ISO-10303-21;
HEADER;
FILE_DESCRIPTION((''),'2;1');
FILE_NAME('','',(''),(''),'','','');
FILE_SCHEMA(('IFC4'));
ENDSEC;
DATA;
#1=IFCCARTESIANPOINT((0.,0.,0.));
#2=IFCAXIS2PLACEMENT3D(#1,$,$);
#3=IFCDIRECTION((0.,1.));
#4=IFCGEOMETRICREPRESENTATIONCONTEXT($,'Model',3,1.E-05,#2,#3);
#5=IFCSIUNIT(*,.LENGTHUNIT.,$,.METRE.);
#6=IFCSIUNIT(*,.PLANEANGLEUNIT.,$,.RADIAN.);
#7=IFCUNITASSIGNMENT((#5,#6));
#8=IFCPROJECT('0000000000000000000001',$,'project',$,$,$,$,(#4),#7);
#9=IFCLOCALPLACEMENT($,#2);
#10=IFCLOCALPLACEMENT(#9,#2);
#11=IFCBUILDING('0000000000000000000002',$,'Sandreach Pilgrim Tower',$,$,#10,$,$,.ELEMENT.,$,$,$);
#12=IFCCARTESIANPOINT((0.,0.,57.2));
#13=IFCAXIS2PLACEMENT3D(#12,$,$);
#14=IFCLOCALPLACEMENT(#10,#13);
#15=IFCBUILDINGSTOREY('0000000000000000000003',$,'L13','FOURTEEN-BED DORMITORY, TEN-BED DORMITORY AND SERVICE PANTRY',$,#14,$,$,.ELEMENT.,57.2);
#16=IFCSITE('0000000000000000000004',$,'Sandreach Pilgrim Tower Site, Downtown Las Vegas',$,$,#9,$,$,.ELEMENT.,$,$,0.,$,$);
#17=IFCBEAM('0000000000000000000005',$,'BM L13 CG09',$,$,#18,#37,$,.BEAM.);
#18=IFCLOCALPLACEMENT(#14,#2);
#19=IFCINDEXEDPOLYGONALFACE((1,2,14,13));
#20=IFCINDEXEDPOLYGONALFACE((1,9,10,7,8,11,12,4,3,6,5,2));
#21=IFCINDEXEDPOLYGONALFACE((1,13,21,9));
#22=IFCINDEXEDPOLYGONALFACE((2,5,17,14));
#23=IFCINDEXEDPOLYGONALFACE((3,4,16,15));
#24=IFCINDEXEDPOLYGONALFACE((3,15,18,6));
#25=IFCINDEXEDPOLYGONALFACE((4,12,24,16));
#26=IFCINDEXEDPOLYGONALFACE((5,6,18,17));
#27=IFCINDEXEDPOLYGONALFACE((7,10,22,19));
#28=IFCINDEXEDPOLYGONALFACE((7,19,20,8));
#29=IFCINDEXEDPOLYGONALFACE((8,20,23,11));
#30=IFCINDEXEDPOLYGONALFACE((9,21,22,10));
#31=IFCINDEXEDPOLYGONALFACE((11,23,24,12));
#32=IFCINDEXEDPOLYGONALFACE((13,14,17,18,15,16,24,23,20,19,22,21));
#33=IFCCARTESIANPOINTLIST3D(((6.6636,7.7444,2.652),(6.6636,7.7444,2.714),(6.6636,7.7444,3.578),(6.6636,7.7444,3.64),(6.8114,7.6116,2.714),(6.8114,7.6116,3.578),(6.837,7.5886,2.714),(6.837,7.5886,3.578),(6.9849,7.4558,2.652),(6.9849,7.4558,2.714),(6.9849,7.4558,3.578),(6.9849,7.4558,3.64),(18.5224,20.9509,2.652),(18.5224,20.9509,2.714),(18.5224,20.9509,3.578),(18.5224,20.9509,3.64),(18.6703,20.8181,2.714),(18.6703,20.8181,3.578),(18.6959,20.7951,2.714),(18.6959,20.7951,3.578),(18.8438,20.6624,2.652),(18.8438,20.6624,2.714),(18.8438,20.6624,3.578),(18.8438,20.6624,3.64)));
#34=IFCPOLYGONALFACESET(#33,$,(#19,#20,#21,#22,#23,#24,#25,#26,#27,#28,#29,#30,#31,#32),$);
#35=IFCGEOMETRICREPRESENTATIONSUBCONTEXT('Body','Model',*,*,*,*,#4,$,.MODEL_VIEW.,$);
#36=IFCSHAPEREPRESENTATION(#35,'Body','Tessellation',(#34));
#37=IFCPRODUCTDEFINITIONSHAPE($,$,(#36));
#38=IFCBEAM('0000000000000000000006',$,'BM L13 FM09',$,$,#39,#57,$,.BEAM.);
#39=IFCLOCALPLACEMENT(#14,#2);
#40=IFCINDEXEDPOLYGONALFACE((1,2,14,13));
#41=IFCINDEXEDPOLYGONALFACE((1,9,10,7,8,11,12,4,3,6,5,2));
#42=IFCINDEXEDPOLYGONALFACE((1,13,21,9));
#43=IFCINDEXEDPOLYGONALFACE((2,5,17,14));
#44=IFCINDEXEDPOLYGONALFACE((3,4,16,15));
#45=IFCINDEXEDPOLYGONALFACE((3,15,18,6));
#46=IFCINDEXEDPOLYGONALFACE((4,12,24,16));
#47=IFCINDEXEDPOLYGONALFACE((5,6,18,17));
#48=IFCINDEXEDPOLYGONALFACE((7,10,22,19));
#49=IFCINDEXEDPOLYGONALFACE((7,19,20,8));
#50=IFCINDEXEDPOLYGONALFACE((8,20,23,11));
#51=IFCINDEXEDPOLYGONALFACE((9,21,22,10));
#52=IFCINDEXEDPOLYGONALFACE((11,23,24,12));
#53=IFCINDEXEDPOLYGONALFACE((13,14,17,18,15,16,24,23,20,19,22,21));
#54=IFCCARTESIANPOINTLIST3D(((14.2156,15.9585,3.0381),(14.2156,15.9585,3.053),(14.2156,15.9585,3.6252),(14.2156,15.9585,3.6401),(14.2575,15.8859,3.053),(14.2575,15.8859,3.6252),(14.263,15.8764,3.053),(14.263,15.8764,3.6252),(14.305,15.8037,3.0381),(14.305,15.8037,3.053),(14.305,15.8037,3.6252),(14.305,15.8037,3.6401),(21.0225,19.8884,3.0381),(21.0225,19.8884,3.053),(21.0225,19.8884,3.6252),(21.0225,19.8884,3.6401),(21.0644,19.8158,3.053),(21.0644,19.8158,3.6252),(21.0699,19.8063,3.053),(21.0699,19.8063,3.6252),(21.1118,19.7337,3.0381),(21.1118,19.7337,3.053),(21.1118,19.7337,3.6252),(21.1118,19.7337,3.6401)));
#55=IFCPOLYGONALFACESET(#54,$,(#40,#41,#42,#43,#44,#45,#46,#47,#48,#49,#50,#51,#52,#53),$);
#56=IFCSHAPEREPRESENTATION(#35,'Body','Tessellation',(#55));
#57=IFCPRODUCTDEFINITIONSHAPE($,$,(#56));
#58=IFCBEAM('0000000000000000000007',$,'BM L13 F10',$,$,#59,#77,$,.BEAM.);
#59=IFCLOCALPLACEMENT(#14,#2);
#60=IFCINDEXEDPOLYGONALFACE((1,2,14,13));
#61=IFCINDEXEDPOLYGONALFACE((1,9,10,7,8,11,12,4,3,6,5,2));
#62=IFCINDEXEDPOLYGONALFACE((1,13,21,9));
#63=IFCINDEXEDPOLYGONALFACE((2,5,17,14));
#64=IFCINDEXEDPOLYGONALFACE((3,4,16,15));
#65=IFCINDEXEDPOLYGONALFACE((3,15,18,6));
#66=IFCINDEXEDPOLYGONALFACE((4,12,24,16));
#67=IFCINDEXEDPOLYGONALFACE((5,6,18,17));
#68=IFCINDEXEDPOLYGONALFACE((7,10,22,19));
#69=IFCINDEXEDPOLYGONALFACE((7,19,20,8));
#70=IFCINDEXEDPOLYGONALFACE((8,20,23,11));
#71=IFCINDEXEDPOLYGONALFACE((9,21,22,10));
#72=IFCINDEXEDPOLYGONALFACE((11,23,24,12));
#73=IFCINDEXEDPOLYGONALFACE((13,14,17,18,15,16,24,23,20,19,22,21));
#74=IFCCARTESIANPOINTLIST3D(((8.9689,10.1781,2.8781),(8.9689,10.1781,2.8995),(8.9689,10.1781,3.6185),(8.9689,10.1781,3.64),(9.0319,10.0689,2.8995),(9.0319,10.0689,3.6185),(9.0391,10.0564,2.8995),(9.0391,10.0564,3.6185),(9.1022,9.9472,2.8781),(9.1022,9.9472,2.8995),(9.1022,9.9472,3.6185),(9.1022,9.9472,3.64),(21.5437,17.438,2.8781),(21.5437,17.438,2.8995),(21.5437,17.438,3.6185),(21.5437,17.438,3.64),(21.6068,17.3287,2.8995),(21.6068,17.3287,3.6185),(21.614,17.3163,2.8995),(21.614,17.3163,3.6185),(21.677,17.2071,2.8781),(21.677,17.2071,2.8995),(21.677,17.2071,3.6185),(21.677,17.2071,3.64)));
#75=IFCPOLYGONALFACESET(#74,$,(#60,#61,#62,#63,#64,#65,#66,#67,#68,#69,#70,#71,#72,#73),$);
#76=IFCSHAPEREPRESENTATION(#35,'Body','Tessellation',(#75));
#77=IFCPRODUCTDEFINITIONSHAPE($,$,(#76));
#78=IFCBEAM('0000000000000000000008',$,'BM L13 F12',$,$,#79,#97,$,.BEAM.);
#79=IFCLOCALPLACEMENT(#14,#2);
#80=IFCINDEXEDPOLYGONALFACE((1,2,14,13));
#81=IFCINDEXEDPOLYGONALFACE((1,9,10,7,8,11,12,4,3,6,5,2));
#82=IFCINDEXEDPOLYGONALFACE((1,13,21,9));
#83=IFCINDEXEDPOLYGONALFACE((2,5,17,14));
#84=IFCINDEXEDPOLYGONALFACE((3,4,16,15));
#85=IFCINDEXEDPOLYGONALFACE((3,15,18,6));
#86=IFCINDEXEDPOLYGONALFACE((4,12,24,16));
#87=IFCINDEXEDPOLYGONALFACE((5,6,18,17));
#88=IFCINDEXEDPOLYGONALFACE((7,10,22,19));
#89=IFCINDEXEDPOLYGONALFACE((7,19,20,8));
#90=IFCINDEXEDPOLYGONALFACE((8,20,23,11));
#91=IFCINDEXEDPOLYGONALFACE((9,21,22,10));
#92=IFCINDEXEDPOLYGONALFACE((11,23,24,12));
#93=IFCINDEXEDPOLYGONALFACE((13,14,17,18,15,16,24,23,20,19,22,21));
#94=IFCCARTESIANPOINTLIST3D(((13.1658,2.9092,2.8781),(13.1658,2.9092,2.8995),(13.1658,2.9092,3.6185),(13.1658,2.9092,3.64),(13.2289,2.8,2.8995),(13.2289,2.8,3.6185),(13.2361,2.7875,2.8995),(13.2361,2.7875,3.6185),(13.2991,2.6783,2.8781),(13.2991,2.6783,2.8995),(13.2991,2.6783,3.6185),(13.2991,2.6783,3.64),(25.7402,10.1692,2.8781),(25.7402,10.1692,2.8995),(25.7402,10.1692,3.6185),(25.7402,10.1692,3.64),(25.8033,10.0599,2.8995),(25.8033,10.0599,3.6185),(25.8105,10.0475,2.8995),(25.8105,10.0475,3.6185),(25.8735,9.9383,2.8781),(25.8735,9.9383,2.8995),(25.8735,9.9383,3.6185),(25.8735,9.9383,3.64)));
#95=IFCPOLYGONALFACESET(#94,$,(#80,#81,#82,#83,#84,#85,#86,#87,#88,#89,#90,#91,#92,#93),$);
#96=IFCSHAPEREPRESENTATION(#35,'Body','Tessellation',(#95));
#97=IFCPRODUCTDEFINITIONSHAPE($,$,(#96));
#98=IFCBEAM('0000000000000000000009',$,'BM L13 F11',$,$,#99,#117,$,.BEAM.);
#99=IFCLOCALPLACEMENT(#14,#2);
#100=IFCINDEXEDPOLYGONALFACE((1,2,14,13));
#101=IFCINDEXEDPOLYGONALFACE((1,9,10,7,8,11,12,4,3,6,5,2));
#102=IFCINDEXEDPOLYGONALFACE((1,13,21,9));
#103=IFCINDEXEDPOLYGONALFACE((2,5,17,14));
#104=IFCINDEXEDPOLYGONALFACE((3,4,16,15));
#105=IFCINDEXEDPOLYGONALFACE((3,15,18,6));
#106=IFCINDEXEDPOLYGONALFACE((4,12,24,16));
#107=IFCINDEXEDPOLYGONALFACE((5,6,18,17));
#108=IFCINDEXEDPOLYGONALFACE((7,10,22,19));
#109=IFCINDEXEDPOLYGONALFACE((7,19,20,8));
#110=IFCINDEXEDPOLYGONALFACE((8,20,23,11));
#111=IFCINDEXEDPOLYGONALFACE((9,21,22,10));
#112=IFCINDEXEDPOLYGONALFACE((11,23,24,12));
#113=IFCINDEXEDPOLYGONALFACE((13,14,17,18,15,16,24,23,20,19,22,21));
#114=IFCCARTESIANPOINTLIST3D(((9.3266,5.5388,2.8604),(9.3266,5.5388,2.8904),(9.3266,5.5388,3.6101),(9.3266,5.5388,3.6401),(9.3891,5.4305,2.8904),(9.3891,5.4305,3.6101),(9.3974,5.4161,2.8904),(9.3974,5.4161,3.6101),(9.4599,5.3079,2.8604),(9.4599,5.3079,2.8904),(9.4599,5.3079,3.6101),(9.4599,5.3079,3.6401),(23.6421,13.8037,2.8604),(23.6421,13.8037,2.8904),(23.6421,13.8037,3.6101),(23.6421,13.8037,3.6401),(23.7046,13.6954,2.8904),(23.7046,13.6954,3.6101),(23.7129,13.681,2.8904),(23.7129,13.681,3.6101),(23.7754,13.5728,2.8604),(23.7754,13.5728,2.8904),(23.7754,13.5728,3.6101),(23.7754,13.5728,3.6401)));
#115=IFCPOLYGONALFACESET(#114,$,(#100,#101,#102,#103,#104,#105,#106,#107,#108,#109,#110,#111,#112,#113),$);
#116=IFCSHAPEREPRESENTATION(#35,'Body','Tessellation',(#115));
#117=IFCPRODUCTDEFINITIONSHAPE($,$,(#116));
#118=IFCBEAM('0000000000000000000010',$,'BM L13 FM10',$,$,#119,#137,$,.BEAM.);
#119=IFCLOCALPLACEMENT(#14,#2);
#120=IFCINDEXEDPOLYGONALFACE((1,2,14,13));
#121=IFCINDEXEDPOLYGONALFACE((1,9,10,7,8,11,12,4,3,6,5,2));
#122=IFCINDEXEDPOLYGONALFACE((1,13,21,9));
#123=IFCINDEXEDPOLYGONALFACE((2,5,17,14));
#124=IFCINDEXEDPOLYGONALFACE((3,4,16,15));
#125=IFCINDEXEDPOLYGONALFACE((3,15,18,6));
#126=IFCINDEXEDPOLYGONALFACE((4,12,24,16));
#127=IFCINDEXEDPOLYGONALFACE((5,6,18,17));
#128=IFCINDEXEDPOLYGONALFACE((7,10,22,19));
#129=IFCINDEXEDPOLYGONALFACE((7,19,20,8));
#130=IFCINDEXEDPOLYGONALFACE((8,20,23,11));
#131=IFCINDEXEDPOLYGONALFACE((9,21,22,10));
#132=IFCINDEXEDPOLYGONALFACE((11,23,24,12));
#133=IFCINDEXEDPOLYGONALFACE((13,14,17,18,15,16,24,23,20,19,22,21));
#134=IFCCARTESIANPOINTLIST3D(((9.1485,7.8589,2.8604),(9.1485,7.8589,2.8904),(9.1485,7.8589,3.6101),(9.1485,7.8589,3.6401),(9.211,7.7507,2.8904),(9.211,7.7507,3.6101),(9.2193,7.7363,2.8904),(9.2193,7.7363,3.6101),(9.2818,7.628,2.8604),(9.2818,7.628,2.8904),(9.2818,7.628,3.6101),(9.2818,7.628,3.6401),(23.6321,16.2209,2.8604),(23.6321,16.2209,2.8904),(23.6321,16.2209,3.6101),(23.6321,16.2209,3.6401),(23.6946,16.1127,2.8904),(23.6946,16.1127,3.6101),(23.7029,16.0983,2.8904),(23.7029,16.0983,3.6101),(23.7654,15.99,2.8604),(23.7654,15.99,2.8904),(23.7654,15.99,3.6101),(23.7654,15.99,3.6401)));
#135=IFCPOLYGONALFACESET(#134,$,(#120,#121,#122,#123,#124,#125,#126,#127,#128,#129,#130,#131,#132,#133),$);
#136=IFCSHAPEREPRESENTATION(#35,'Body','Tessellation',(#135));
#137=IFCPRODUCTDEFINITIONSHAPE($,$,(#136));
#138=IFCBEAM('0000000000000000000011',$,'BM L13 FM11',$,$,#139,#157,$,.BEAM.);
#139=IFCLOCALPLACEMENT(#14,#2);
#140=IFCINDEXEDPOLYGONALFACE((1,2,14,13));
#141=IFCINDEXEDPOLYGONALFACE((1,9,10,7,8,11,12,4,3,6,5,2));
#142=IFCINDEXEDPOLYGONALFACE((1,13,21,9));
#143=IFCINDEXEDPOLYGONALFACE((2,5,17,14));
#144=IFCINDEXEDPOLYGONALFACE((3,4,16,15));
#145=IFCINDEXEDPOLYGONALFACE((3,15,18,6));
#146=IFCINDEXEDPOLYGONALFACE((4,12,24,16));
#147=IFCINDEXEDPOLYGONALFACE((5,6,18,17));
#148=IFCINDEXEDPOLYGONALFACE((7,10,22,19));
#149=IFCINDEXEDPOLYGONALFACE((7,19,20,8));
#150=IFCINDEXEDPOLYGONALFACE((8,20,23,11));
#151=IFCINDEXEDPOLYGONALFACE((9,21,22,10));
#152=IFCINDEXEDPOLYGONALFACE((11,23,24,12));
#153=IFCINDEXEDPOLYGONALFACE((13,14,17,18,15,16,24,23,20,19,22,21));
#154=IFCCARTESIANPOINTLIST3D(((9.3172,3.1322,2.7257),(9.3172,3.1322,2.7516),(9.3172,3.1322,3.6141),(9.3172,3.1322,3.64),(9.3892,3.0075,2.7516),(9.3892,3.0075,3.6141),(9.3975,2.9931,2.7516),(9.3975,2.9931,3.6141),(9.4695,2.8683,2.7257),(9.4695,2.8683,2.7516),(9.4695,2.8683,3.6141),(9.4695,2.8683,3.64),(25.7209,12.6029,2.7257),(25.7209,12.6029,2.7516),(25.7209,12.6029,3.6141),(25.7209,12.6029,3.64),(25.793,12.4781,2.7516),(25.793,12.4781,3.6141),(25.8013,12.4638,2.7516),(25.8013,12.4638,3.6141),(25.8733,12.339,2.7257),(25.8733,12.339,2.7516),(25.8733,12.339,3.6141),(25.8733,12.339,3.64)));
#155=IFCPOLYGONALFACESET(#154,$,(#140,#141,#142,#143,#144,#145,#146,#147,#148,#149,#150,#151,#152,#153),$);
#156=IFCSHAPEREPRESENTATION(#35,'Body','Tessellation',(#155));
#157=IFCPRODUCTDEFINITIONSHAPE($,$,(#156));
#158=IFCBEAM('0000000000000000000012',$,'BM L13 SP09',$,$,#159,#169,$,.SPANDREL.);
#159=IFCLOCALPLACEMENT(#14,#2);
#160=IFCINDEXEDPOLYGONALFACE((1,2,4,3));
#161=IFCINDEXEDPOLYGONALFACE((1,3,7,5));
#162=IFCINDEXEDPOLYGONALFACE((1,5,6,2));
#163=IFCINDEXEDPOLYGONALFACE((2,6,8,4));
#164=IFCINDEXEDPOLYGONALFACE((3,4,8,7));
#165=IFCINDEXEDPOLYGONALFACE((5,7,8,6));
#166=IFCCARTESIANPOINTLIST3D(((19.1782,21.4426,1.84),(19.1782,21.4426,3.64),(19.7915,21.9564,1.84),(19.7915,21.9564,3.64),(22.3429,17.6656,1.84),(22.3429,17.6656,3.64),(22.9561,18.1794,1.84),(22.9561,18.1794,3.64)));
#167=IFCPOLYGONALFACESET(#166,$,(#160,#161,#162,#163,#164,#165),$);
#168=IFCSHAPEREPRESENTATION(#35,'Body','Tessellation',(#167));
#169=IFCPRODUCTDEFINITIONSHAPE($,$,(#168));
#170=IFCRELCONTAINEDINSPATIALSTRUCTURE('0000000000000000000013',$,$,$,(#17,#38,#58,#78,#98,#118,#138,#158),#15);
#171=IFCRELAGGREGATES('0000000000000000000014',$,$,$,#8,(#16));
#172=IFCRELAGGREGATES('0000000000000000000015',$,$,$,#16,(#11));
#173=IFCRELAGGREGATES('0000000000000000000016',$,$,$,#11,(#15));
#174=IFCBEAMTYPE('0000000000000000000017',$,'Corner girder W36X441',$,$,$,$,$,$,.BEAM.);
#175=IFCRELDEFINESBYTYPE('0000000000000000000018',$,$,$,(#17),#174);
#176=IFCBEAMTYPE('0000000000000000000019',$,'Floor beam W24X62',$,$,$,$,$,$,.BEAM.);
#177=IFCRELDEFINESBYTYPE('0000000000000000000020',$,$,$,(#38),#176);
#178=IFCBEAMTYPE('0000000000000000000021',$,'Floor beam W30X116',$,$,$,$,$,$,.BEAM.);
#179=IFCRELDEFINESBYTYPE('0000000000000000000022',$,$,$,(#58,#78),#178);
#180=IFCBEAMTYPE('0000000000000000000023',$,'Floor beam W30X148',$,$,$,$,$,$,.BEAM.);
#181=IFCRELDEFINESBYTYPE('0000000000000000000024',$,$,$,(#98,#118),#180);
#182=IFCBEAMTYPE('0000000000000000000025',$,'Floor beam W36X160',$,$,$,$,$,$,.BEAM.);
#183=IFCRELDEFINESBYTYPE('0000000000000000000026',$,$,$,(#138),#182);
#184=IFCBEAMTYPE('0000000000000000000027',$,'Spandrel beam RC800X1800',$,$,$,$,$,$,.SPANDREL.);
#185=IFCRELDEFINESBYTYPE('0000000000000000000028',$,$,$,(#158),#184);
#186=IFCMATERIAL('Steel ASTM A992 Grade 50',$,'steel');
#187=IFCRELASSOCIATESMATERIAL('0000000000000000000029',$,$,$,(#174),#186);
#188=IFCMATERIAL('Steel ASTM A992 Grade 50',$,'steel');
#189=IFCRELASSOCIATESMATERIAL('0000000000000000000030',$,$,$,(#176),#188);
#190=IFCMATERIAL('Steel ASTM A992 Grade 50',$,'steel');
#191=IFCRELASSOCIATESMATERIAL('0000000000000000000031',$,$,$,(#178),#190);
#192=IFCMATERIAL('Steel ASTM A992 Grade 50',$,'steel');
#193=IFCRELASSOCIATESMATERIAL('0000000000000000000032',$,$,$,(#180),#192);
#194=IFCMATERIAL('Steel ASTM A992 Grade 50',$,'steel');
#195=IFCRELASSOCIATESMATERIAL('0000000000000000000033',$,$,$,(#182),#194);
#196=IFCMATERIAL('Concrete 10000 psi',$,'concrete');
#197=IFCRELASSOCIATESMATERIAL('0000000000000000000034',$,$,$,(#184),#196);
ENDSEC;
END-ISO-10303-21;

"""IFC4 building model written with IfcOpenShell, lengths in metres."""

from ifc_helpers import new_model, si_unit, direction, frame, origin, origin_2d, place, context, subcontext, project, spatial, rectangle, i_section, extrude, material, material_profile, profile_set, type_object, element, save


model = new_model("IFC4")

# Units and contexts
model_context = context("Model", 3, precision=1e-05, world=origin(), true_north=direction((0.0, 1.0)))
body_context = subcontext(model_context, "Body", "Model", "MODEL_VIEW")
ifc_project = project(units=[si_unit("LENGTHUNIT", "METRE"), si_unit("PLANEANGLEUNIT", "RADIAN")], contexts=[model_context])

# Site, building, storey
site_placement = place(None, origin())
site = spatial("IfcSite", under=ifc_project, at=site_placement, Name="Sandreach Pilgrim Tower Site, Downtown Las Vegas", CompositionType="ELEMENT", RefElevation=0.0)
building_placement = place(site_placement, origin())
building = spatial("IfcBuilding", under=site, at=building_placement, Name="Sandreach Pilgrim Tower", CompositionType="ELEMENT")
storey_placement = place(building_placement, frame((0.0, 0.0, 57.2)))
storey = spatial("IfcBuildingStorey", under=building, at=storey_placement, Name="L13", Description="FOURTEEN-BED DORMITORY, TEN-BED DORMITORY AND SERVICE PANTRY", CompositionType="ELEMENT", Elevation=57.2)

# Beams
ifc_material_1 = material(Name="Steel ASTM A992 Grade 50", Category="steel")
ifc_material_profile_1 = material_profile(ifc_material_1, i_section(OverallWidth=0.4319, OverallDepth=0.988, WebThickness=0.0344, FlangeThickness=0.062, at=origin_2d()), Name="W36X441")
ifc_profile_set_1 = profile_set([ifc_material_profile_1], Name="Steel ASTM A992 Grade 50")
beam_type_1 = type_object("IfcBeamType", Name="Corner girder W36X441", PredefinedType="BEAM", material=ifc_profile_set_1)
beam_1_placement = place(storey_placement, frame((18.6831, 20.8066, 3.146), z_axis=(-0.668124, -0.74405, 0.0), x_axis=(0.74405, -0.668124, 0.0)))
element("IfcBeam", 1, at=beam_1_placement, inside=storey, type_object=beam_type_1, Name="BM L13 CG09", PredefinedType="BEAM", context=body_context, shape_type="SweptSolid", body=[
    extrude(i_section(OverallWidth=0.4319, OverallDepth=0.988, WebThickness=0.0344, FlangeThickness=0.062, at=origin_2d()), origin(), (0.0, 0.0, 1.0), 17.7495),
])
ifc_material_2 = material(Name="Steel ASTM A992 Grade 50", Category="steel")
ifc_material_profile_2 = material_profile(ifc_material_2, i_section(OverallWidth=0.1787, OverallDepth=0.6021, WebThickness=0.011, FlangeThickness=0.0149, at=origin_2d()), Name="W24X62")
ifc_profile_set_2 = profile_set([ifc_material_profile_2], Name="Steel ASTM A992 Grade 50")
beam_type_2 = type_object("IfcBeamType", Name="Floor beam W24X62", PredefinedType="BEAM", material=ifc_profile_set_2)
beam_2_placement = place(storey_placement, frame((21.0671, 19.811, 3.3391), z_axis=(-0.866027, -0.499998, 0.0), x_axis=(0.499998, -0.866027, 0.0)))
element("IfcBeam", 2, at=beam_2_placement, inside=storey, type_object=beam_type_2, Name="BM L13 FM09", PredefinedType="BEAM", context=body_context, shape_type="SweptSolid", body=[
    extrude(i_section(OverallWidth=0.1787, OverallDepth=0.6021, WebThickness=0.011, FlangeThickness=0.0149, at=origin_2d()), origin(), (0.0, 0.0, 1.0), 7.8599),
])
ifc_material_3 = material(Name="Steel ASTM A992 Grade 50", Category="steel")
ifc_material_profile_3 = material_profile(ifc_material_3, i_section(OverallWidth=0.2666, OverallDepth=0.762, WebThickness=0.0144, FlangeThickness=0.0215, at=origin_2d()), Name="W30X116")
ifc_profile_set_3 = profile_set([ifc_material_profile_3], Name="Steel ASTM A992 Grade 50")
beam_type_3 = type_object("IfcBeamType", Name="Floor beam W30X116", PredefinedType="BEAM", material=ifc_profile_set_3)
beam_3_placement = place(storey_placement, frame((21.6104, 17.3225, 3.259), z_axis=(-0.866033, -0.499987, 0.0), x_axis=(0.499987, -0.866033, 0.0)))
element("IfcBeam", 3, at=beam_3_placement, inside=storey, type_object=beam_type_3, Name="BM L13 F10", PredefinedType="BEAM", context=body_context, shape_type="SweptSolid", body=[
    extrude(i_section(OverallWidth=0.2666, OverallDepth=0.762, WebThickness=0.0144, FlangeThickness=0.0215, at=origin_2d()), origin(), (0.0, 0.0, 1.0), 14.52),
])
beam_4_placement = place(storey_placement, frame((25.8069, 10.0537, 3.259), z_axis=(-0.866021, -0.500007, 0.0), x_axis=(0.500007, -0.866021, 0.0)))
element("IfcBeam", 4, at=beam_4_placement, inside=storey, type_object=beam_type_3, Name="BM L13 F12", PredefinedType="BEAM", context=body_context, shape_type="SweptSolid", body=[
    extrude(i_section(OverallWidth=0.2666, OverallDepth=0.762, WebThickness=0.0144, FlangeThickness=0.0215, at=origin_2d()), origin(), (0.0, 0.0, 1.0), 14.5198),
])
ifc_material_4 = material(Name="Steel ASTM A992 Grade 50", Category="steel")
ifc_material_profile_4 = material_profile(ifc_material_4, i_section(OverallWidth=0.2666, OverallDepth=0.7798, WebThickness=0.0166, FlangeThickness=0.03, at=origin_2d()), Name="W30X148")
ifc_profile_set_4 = profile_set([ifc_material_profile_4], Name="Steel ASTM A992 Grade 50")
beam_type_4 = type_object("IfcBeamType", Name="Floor beam W30X148", PredefinedType="BEAM", material=ifc_profile_set_4)
beam_5_placement = place(storey_placement, frame((23.7087, 13.6882, 3.2502), z_axis=(-0.866029, -0.499994, 0.0), x_axis=(0.499994, -0.866029, 0.0)))
element("IfcBeam", 5, at=beam_5_placement, inside=storey, type_object=beam_type_4, Name="BM L13 F11", PredefinedType="BEAM", context=body_context, shape_type="SweptSolid", body=[
    extrude(i_section(OverallWidth=0.2666, OverallDepth=0.7798, WebThickness=0.0166, FlangeThickness=0.03, at=origin_2d()), origin(), (0.0, 0.0, 1.0), 16.53),
])
beam_6_placement = place(storey_placement, frame((23.6987, 16.1055, 3.2502), z_axis=(-0.866027, -0.499997, 0.0), x_axis=(0.499997, -0.866027, 0.0)))
element("IfcBeam", 6, at=beam_6_placement, inside=storey, type_object=beam_type_4, Name="BM L13 FM10", PredefinedType="BEAM", context=body_context, shape_type="SweptSolid", body=[
    extrude(i_section(OverallWidth=0.2666, OverallDepth=0.7798, WebThickness=0.0166, FlangeThickness=0.03, at=origin_2d()), origin(), (0.0, 0.0, 1.0), 16.7241),
])
ifc_material_5 = material(Name="Steel ASTM A992 Grade 50", Category="steel")
ifc_material_profile_5 = material_profile(ifc_material_5, i_section(OverallWidth=0.3047, OverallDepth=0.9143, WebThickness=0.0166, FlangeThickness=0.0259, at=origin_2d()), Name="W36X160")
ifc_profile_set_5 = profile_set([ifc_material_profile_5], Name="Steel ASTM A992 Grade 50")
beam_type_5 = type_object("IfcBeamType", Name="Floor beam W36X160", PredefinedType="BEAM", material=ifc_profile_set_5)
beam_7_placement = place(storey_placement, frame((25.7971, 12.4709, 3.1829), z_axis=(-0.866026, -0.499998, 0.0), x_axis=(0.499998, -0.866026, 0.0)))
element("IfcBeam", 7, at=beam_7_placement, inside=storey, type_object=beam_type_5, Name="BM L13 FM11", PredefinedType="BEAM", context=body_context, shape_type="SweptSolid", body=[
    extrude(i_section(OverallWidth=0.3047, OverallDepth=0.9143, WebThickness=0.0166, FlangeThickness=0.0259, at=origin_2d()), origin(), (0.0, 0.0, 1.0), 18.9414),
])
ifc_material_6 = material(Name="Concrete 10000 psi", Category="concrete")
ifc_material_profile_6 = material_profile(ifc_material_6, rectangle(XDim=0.8, YDim=1.8, at=origin_2d()), Name="RC800X1800")
ifc_profile_set_6 = profile_set([ifc_material_profile_6], Name="Concrete 10000 psi")
beam_type_6 = type_object("IfcBeamType", Name="Spandrel beam RC800X1800", PredefinedType="SPANDREL", material=ifc_profile_set_6)
beam_8_placement = place(storey_placement, frame((19.4849, 21.6995, 2.74), z_axis=(0.642239, -0.766505, 0.0), x_axis=(0.766505, 0.642239, 0.0)))
element("IfcBeam", 8, at=beam_8_placement, inside=storey, type_object=beam_type_6, Name="BM L13 SP09", PredefinedType="SPANDREL", context=body_context, shape_type="SweptSolid", body=[
    extrude(rectangle(XDim=0.8, YDim=1.8, at=origin_2d()), origin(), (0.0, 0.0, 1.0), 4.9275),
])

save(model, "model.ifc")
